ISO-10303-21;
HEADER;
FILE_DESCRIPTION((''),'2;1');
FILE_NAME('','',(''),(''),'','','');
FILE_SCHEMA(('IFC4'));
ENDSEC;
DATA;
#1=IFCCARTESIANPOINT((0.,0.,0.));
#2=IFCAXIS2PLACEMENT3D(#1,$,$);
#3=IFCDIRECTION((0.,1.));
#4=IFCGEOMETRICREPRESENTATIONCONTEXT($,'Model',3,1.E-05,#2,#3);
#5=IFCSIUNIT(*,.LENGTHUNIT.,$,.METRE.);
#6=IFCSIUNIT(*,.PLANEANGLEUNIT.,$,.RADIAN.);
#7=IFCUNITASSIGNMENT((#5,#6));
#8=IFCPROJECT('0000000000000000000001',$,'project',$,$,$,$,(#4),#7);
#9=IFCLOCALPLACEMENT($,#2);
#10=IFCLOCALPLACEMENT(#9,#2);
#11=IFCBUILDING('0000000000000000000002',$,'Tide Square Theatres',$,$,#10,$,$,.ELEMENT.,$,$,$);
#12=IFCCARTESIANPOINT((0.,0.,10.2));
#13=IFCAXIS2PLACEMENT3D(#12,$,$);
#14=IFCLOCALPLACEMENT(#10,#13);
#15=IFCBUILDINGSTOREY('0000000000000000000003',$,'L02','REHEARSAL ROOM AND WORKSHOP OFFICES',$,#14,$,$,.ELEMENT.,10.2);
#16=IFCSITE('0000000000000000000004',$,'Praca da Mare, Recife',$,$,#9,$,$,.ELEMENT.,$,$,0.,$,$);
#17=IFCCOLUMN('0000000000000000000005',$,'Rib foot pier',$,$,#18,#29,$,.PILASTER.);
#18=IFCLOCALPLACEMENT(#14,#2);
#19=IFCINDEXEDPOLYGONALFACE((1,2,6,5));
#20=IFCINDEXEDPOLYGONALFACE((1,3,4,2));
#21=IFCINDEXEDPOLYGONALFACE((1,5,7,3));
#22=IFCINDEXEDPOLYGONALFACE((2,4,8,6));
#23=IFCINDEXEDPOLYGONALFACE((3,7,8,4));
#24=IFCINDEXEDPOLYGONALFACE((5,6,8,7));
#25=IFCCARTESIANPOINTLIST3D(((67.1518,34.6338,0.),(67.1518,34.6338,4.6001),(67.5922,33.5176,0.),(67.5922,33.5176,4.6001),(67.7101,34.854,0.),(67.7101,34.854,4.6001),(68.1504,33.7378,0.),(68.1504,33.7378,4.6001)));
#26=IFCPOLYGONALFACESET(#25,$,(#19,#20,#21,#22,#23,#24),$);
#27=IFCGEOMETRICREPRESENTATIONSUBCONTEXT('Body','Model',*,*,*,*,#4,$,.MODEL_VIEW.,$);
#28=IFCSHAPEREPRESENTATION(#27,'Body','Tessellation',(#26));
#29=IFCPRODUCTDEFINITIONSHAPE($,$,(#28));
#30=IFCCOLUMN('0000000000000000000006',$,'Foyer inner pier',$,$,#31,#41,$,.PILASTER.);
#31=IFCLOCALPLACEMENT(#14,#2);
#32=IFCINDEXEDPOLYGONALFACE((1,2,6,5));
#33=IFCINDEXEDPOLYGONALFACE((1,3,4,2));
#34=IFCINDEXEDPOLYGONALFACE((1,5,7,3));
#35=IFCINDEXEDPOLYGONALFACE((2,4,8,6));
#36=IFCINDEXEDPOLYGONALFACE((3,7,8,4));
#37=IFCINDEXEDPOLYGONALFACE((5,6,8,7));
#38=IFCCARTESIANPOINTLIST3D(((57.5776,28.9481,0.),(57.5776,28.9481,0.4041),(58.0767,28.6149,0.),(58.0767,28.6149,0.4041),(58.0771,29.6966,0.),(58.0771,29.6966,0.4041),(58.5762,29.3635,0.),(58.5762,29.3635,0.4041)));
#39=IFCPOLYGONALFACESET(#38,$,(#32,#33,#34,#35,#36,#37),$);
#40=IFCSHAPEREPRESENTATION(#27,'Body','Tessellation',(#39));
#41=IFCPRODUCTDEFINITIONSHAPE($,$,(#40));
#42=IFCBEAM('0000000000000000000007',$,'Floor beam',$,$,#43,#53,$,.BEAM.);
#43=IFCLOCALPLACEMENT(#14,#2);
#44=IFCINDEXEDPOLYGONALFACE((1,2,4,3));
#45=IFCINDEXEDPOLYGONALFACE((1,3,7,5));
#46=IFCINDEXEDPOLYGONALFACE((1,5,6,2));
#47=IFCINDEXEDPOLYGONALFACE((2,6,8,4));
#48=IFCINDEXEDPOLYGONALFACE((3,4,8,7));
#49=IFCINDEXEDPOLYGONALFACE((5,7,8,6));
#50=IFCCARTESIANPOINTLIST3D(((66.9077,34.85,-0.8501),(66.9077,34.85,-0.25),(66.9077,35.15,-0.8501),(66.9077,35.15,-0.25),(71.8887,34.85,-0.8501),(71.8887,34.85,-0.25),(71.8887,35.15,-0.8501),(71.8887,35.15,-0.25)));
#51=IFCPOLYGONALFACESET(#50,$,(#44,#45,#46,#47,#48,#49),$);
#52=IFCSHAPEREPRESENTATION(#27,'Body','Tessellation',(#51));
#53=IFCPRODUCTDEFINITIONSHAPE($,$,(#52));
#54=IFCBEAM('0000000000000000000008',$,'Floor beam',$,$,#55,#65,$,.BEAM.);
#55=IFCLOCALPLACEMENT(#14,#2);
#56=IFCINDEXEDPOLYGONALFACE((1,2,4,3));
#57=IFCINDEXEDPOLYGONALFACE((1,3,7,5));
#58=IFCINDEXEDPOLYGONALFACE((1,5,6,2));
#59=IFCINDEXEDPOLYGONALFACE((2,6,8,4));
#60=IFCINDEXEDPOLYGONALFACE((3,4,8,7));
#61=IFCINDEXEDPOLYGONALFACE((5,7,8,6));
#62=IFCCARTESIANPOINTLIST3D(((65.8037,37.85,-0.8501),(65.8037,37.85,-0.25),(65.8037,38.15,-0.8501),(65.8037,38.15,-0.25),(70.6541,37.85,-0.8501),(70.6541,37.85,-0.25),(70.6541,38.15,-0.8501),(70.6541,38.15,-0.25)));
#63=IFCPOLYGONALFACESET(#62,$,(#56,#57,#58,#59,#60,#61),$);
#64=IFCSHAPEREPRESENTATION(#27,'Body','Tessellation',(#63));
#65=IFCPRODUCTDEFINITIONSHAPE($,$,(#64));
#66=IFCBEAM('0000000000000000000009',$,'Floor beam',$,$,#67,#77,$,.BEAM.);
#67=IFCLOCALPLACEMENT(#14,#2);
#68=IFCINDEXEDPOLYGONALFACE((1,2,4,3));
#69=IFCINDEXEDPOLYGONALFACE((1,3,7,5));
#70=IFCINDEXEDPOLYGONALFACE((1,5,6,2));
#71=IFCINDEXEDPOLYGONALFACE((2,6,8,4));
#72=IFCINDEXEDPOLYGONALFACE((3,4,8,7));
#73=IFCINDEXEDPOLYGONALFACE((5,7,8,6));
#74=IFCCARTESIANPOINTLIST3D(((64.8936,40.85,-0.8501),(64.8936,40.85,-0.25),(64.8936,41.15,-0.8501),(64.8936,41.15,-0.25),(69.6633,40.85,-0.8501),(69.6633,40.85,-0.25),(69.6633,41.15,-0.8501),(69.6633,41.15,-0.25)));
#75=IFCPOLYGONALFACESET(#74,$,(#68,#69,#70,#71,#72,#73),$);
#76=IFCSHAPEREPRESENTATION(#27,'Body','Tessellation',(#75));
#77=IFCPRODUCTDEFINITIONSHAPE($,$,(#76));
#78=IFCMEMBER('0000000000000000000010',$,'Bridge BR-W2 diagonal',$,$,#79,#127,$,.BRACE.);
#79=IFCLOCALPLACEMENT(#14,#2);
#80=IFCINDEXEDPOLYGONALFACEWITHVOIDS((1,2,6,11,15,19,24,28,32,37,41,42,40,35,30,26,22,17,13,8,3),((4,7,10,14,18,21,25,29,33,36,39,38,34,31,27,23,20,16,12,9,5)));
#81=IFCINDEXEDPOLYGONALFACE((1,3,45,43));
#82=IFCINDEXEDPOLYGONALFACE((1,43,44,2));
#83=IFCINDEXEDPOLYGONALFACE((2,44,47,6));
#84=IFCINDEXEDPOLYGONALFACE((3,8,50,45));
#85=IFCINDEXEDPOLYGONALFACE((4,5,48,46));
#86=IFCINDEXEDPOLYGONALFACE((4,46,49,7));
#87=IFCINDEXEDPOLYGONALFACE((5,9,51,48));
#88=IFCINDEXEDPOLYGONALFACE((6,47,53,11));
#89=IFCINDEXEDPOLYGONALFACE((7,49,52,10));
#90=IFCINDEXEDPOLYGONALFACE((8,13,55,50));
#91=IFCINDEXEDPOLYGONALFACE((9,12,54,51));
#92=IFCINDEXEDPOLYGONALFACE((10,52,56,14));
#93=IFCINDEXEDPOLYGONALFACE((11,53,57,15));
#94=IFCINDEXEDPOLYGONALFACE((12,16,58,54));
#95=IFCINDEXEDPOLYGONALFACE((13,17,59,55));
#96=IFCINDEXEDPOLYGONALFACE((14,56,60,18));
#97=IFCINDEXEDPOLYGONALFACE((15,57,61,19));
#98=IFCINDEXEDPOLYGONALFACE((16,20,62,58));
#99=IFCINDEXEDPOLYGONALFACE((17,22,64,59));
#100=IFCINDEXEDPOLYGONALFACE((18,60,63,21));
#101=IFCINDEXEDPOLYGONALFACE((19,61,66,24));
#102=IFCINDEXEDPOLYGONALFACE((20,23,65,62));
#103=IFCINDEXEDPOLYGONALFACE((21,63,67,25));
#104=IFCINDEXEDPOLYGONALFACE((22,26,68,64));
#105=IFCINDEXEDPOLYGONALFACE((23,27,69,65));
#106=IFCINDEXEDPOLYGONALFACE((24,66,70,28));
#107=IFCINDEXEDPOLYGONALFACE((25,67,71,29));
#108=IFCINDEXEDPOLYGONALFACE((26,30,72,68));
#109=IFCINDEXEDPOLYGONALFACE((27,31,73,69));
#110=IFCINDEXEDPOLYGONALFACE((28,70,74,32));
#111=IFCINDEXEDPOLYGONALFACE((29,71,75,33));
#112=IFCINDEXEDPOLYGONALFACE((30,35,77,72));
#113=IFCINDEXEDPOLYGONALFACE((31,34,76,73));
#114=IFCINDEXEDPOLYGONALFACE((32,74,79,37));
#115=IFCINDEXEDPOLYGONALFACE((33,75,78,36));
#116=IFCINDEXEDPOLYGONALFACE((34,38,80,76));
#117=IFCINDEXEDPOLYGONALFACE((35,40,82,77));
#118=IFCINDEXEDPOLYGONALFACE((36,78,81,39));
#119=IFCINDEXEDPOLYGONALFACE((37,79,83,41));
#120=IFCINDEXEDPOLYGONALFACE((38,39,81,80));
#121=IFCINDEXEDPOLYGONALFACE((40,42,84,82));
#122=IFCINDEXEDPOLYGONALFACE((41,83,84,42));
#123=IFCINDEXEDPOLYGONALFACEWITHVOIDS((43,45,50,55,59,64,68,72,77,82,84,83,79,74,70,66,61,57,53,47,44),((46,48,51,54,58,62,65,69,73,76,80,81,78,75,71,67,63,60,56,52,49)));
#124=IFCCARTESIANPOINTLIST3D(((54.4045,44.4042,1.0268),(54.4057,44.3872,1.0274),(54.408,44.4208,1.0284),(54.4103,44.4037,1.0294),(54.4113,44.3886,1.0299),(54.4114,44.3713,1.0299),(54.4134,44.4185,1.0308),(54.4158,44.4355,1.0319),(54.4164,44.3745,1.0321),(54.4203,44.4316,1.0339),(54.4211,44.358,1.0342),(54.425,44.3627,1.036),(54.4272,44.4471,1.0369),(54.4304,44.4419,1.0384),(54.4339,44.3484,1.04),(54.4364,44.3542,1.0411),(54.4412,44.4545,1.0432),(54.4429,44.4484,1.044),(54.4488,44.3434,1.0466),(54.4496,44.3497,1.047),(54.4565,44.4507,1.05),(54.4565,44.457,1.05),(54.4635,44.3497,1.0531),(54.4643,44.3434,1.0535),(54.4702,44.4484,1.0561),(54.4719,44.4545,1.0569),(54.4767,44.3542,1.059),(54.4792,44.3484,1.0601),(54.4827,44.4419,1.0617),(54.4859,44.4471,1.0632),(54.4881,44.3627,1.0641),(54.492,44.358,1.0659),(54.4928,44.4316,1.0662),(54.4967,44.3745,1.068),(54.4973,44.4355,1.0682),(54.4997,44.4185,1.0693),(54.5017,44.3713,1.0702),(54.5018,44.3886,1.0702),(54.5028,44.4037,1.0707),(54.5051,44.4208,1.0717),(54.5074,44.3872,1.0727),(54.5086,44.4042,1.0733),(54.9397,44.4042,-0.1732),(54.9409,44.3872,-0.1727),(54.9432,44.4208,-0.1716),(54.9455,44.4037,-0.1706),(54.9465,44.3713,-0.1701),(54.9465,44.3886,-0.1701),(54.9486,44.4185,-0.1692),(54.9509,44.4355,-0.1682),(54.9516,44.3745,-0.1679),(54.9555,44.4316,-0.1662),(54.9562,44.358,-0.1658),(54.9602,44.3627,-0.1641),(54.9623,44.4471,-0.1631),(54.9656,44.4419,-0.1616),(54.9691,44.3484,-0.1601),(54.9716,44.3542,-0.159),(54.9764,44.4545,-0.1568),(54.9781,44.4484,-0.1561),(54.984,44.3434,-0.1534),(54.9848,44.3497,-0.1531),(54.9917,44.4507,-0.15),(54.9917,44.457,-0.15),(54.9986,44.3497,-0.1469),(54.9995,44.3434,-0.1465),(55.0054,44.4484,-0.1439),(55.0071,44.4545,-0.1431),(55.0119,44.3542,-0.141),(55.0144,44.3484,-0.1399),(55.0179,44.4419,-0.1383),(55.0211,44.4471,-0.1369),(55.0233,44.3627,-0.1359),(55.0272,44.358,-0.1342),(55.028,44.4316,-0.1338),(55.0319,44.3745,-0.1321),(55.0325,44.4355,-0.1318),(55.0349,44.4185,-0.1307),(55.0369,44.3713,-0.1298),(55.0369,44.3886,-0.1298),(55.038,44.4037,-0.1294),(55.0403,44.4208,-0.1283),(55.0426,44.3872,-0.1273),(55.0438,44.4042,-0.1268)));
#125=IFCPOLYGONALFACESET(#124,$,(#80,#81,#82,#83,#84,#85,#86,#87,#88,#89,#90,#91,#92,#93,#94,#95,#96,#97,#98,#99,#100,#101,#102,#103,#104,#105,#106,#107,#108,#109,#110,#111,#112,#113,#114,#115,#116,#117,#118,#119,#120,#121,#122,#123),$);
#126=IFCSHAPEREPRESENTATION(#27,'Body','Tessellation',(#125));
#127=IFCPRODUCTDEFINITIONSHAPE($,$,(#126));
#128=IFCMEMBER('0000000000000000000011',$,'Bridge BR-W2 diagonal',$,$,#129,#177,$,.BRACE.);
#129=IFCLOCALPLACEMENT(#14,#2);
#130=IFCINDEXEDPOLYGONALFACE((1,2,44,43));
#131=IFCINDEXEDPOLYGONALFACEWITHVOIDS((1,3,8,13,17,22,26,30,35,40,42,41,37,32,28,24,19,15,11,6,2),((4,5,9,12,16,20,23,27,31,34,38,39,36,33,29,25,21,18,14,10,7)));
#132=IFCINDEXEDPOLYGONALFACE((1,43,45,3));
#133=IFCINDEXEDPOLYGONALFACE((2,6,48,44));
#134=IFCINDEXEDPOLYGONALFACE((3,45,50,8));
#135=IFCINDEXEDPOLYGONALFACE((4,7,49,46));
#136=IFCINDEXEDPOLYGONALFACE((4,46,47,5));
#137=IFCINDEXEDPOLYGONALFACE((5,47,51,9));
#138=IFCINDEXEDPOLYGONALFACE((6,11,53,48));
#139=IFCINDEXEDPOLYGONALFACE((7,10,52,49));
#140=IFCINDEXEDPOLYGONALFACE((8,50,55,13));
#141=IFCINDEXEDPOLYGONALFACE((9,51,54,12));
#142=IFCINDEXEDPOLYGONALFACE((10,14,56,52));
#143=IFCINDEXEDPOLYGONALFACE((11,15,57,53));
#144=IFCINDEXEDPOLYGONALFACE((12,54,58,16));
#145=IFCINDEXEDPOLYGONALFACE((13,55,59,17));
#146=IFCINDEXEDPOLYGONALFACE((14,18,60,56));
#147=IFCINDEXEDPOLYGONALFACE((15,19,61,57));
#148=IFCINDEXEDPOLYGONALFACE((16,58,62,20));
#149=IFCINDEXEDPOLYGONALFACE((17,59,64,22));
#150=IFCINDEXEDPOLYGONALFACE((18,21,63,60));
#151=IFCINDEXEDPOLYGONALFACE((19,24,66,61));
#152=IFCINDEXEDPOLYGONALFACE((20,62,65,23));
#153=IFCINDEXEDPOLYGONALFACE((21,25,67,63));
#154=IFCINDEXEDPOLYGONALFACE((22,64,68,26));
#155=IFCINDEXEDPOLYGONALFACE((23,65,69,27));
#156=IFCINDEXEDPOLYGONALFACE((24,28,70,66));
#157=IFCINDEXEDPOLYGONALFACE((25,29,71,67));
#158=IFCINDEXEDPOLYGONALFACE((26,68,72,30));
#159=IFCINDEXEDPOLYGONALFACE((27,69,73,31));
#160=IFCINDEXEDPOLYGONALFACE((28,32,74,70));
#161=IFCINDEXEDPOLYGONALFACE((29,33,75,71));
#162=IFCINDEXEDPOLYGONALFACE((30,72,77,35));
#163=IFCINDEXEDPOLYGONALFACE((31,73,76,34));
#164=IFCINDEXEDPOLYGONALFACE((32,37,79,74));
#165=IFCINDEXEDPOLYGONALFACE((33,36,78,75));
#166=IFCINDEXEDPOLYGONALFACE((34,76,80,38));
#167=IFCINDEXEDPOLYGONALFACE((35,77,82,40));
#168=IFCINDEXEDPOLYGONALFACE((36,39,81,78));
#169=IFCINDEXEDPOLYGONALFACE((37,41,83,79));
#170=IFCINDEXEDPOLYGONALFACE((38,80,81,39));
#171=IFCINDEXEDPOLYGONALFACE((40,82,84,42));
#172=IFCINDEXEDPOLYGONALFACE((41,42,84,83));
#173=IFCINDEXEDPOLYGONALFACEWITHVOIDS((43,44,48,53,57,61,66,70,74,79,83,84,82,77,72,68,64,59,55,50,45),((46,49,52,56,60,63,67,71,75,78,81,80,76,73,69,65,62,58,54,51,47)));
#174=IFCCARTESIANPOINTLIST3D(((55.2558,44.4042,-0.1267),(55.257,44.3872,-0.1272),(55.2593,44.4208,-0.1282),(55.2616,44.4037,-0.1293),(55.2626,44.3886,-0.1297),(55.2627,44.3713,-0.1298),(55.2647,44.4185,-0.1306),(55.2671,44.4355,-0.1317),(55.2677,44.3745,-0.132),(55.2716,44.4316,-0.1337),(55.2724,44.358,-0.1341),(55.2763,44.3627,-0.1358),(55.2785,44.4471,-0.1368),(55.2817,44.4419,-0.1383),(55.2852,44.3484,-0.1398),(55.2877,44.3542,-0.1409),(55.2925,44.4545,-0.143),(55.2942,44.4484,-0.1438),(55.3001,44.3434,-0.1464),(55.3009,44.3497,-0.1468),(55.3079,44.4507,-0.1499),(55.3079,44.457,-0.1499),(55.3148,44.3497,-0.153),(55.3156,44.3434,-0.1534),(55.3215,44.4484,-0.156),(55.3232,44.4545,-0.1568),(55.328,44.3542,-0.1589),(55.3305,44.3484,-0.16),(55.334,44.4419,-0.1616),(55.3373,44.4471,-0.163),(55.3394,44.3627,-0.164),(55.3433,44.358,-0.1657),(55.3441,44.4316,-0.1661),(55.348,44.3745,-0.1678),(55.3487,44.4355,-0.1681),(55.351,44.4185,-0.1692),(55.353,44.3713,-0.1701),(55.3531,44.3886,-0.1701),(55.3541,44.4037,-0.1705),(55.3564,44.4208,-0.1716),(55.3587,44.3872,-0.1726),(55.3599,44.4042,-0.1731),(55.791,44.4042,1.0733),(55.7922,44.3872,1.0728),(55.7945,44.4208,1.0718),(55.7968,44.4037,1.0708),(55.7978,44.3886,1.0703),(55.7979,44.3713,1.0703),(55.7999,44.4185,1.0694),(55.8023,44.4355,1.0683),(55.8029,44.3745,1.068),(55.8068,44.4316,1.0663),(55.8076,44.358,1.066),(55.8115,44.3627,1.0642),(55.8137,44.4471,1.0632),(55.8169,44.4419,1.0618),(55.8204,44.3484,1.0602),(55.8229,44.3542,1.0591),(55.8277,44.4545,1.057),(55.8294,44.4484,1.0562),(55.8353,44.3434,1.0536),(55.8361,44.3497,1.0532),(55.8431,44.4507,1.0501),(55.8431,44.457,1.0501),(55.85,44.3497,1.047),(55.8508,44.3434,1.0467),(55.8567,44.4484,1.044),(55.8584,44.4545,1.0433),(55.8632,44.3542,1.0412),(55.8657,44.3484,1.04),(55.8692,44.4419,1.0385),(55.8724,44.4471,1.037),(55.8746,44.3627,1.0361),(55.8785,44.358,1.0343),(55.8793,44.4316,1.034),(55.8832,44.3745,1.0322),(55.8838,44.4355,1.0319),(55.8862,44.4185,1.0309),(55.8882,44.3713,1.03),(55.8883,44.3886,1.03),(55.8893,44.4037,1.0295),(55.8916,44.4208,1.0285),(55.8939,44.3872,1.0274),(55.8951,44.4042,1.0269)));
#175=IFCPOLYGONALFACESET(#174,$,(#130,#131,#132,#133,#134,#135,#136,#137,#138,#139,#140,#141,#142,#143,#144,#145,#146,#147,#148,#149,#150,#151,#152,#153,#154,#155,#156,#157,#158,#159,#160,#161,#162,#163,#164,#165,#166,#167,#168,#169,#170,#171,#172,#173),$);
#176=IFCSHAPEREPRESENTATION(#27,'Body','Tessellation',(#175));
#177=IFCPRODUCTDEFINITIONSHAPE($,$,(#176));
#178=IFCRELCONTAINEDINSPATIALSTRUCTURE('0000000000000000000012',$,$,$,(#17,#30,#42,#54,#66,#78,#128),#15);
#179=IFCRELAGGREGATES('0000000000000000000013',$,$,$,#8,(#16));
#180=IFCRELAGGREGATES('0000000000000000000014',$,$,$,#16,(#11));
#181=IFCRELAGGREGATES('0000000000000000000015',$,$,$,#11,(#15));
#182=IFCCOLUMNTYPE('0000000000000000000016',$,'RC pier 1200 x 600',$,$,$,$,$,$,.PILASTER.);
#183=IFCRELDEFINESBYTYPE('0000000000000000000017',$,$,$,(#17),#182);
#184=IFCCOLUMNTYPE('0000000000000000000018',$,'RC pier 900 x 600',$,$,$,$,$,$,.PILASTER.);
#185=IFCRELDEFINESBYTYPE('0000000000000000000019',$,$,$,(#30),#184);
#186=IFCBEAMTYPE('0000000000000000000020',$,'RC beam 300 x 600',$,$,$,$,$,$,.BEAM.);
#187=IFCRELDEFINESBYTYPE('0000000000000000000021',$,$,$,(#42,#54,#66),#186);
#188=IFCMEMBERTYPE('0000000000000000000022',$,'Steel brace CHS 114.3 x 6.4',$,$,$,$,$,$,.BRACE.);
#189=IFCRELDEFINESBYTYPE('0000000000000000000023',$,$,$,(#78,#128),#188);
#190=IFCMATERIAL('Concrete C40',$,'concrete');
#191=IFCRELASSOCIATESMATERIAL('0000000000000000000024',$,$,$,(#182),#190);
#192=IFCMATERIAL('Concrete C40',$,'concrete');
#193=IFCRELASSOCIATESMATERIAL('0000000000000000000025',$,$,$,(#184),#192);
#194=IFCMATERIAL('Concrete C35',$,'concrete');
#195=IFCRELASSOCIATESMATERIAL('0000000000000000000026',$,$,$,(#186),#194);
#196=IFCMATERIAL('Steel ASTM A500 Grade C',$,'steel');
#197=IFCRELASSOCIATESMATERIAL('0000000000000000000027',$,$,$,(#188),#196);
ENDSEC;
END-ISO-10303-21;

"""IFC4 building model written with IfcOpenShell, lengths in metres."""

from ifc_helpers import new_model, si_unit, direction, frame, origin, origin_2d, place, context, subcontext, project, spatial, rectangle, hollow_circle, extrude, material, material_profile, profile_set, type_object, element, save


model = new_model("IFC4")

# Units and contexts
model_context = context("Model", 3, precision=1e-05, world=origin(), true_north=direction((0.0, 1.0)))
body_context = subcontext(model_context, "Body", "Model", "MODEL_VIEW")
ifc_project = project(units=[si_unit("LENGTHUNIT", "METRE"), si_unit("PLANEANGLEUNIT", "RADIAN")], contexts=[model_context])

# Site, building, storey
site_placement = place(None, origin())
site = spatial("IfcSite", under=ifc_project, at=site_placement, Name="Praca da Mare, Recife", CompositionType="ELEMENT", RefElevation=0.0)
building_placement = place(site_placement, origin())
building = spatial("IfcBuilding", under=site, at=building_placement, Name="Tide Square Theatres", CompositionType="ELEMENT")
storey_placement = place(building_placement, frame((0.0, 0.0, 10.2)))
storey = spatial("IfcBuildingStorey", under=building, at=storey_placement, Name="L02", Description="REHEARSAL ROOM AND WORKSHOP OFFICES", CompositionType="ELEMENT", Elevation=10.2)

# Columns
ifc_material_1 = material(Name="Concrete C40", Category="concrete")
ifc_material_profile_1 = material_profile(ifc_material_1, rectangle(XDim=1.2, YDim=0.6001, at=origin_2d()))
ifc_profile_set_1 = profile_set([ifc_material_profile_1], Name="Concrete C40")
column_type_1 = type_object("IfcColumnType", Name="RC pier 1200 x 600", PredefinedType="PILASTER", material=ifc_profile_set_1)
column_1_placement = place(storey_placement, frame((67.6511, 34.1858, 0.0), z_axis=(0.0, 0.0, 1.0), x_axis=(0.366956, -0.930238, 0.0)))
element("IfcColumn", 1, at=column_1_placement, inside=storey, type_object=column_type_1, Name="Rib foot pier", PredefinedType="PILASTER", context=body_context, shape_type="SweptSolid", body=[
    extrude(rectangle(XDim=1.2, YDim=0.6001, at=origin_2d()), origin(), (0.0, 0.0, 1.0), 4.6001),
])
ifc_material_2 = material(Name="Concrete C40", Category="concrete")
ifc_material_profile_2 = material_profile(ifc_material_2, rectangle(XDim=0.8999, YDim=0.6001, at=origin_2d()))
ifc_profile_set_2 = profile_set([ifc_material_profile_2], Name="Concrete C40")
column_type_2 = type_object("IfcColumnType", Name="RC pier 900 x 600", PredefinedType="PILASTER", material=ifc_profile_set_2)
column_2_placement = place(storey_placement, frame((58.0769, 29.1558, 0.0), z_axis=(0.0, 0.0, 1.0), x_axis=(-0.5551, -0.831784, 0.0)))
element("IfcColumn", 2, at=column_2_placement, inside=storey, type_object=column_type_2, Name="Foyer inner pier", PredefinedType="PILASTER", context=body_context, shape_type="SweptSolid", body=[
    extrude(rectangle(XDim=0.8999, YDim=0.6001, at=origin_2d()), origin(), (0.0, 0.0, 1.0), 0.4041),
])

# Beams
ifc_material_3 = material(Name="Concrete C35", Category="concrete")
ifc_material_profile_3 = material_profile(ifc_material_3, rectangle(XDim=0.3, YDim=0.6001, at=origin_2d()))
ifc_profile_set_3 = profile_set([ifc_material_profile_3], Name="Concrete C35")
beam_type = type_object("IfcBeamType", Name="RC beam 300 x 600", PredefinedType="BEAM", material=ifc_profile_set_3)
beam_1_placement = place(storey_placement, frame((66.9077, 35.0, -0.55), z_axis=(1.0, 0.0, 0.0), x_axis=(0.0, 1.0, 0.0)))
element("IfcBeam", 3, at=beam_1_placement, inside=storey, type_object=beam_type, Name="Floor beam", PredefinedType="BEAM", context=body_context, shape_type="SweptSolid", body=[
    extrude(rectangle(XDim=0.3, YDim=0.6001, at=origin_2d()), origin(), (0.0, 0.0, 1.0), 4.981),
])
beam_2_placement = place(storey_placement, frame((65.8037, 38.0, -0.55), z_axis=(1.0, 0.0, 0.0), x_axis=(0.0, 1.0, 0.0)))
element("IfcBeam", 4, at=beam_2_placement, inside=storey, type_object=beam_type, Name="Floor beam", PredefinedType="BEAM", context=body_context, shape_type="SweptSolid", body=[
    extrude(rectangle(XDim=0.3, YDim=0.6001, at=origin_2d()), origin(), (0.0, 0.0, 1.0), 4.8503),
])
beam_3_placement = place(storey_placement, frame((64.8936, 41.0, -0.55), z_axis=(1.0, 0.0, 0.0), x_axis=(0.0, 1.0, 0.0)))
element("IfcBeam", 5, at=beam_3_placement, inside=storey, type_object=beam_type, Name="Floor beam", PredefinedType="BEAM", context=body_context, shape_type="SweptSolid", body=[
    extrude(rectangle(XDim=0.3, YDim=0.6001, at=origin_2d()), origin(), (0.0, 0.0, 1.0), 4.7698),
])

# Members
ifc_material_4 = material(Name="Steel ASTM A500 Grade C", Category="steel")
ifc_material_profile_4 = material_profile(ifc_material_4, hollow_circle(Radius=0.0571, WallThickness=0.0063, at=origin_2d()))
ifc_profile_set_4 = profile_set([ifc_material_profile_4], Name="Steel ASTM A500 Grade C")
member_type_1 = type_object("IfcMemberType", Name="Steel brace CHS 114.3 x 6.4", PredefinedType="BRACE", material=ifc_profile_set_4)
for number, where, z_axis, x_axis, name in (
    (6, (54.4565, 44.3999, 1.05), (0.407311, 0.0, -0.91329), (0.0, 1.0, 0.0), "Bridge BR-W2 diagonal"),
    (7, (55.3079, 44.3999, -0.1499), (0.407311, 0.0, 0.91329), (0.0, 1.0, 0.0), "Bridge BR-W2 diagonal"),
):
    element("IfcMember", number, at=place(storey_placement, frame(where, z_axis=z_axis, x_axis=x_axis)), inside=storey, type_object=member_type_1, Name=name, PredefinedType="BRACE", context=body_context, shape_type="SweptSolid", body=[
        extrude(hollow_circle(Radius=0.0571, WallThickness=0.0063, at=origin_2d()), origin(), (0.0, 0.0, 1.0), 1.314),
    ])

save(model, "model.ifc")
